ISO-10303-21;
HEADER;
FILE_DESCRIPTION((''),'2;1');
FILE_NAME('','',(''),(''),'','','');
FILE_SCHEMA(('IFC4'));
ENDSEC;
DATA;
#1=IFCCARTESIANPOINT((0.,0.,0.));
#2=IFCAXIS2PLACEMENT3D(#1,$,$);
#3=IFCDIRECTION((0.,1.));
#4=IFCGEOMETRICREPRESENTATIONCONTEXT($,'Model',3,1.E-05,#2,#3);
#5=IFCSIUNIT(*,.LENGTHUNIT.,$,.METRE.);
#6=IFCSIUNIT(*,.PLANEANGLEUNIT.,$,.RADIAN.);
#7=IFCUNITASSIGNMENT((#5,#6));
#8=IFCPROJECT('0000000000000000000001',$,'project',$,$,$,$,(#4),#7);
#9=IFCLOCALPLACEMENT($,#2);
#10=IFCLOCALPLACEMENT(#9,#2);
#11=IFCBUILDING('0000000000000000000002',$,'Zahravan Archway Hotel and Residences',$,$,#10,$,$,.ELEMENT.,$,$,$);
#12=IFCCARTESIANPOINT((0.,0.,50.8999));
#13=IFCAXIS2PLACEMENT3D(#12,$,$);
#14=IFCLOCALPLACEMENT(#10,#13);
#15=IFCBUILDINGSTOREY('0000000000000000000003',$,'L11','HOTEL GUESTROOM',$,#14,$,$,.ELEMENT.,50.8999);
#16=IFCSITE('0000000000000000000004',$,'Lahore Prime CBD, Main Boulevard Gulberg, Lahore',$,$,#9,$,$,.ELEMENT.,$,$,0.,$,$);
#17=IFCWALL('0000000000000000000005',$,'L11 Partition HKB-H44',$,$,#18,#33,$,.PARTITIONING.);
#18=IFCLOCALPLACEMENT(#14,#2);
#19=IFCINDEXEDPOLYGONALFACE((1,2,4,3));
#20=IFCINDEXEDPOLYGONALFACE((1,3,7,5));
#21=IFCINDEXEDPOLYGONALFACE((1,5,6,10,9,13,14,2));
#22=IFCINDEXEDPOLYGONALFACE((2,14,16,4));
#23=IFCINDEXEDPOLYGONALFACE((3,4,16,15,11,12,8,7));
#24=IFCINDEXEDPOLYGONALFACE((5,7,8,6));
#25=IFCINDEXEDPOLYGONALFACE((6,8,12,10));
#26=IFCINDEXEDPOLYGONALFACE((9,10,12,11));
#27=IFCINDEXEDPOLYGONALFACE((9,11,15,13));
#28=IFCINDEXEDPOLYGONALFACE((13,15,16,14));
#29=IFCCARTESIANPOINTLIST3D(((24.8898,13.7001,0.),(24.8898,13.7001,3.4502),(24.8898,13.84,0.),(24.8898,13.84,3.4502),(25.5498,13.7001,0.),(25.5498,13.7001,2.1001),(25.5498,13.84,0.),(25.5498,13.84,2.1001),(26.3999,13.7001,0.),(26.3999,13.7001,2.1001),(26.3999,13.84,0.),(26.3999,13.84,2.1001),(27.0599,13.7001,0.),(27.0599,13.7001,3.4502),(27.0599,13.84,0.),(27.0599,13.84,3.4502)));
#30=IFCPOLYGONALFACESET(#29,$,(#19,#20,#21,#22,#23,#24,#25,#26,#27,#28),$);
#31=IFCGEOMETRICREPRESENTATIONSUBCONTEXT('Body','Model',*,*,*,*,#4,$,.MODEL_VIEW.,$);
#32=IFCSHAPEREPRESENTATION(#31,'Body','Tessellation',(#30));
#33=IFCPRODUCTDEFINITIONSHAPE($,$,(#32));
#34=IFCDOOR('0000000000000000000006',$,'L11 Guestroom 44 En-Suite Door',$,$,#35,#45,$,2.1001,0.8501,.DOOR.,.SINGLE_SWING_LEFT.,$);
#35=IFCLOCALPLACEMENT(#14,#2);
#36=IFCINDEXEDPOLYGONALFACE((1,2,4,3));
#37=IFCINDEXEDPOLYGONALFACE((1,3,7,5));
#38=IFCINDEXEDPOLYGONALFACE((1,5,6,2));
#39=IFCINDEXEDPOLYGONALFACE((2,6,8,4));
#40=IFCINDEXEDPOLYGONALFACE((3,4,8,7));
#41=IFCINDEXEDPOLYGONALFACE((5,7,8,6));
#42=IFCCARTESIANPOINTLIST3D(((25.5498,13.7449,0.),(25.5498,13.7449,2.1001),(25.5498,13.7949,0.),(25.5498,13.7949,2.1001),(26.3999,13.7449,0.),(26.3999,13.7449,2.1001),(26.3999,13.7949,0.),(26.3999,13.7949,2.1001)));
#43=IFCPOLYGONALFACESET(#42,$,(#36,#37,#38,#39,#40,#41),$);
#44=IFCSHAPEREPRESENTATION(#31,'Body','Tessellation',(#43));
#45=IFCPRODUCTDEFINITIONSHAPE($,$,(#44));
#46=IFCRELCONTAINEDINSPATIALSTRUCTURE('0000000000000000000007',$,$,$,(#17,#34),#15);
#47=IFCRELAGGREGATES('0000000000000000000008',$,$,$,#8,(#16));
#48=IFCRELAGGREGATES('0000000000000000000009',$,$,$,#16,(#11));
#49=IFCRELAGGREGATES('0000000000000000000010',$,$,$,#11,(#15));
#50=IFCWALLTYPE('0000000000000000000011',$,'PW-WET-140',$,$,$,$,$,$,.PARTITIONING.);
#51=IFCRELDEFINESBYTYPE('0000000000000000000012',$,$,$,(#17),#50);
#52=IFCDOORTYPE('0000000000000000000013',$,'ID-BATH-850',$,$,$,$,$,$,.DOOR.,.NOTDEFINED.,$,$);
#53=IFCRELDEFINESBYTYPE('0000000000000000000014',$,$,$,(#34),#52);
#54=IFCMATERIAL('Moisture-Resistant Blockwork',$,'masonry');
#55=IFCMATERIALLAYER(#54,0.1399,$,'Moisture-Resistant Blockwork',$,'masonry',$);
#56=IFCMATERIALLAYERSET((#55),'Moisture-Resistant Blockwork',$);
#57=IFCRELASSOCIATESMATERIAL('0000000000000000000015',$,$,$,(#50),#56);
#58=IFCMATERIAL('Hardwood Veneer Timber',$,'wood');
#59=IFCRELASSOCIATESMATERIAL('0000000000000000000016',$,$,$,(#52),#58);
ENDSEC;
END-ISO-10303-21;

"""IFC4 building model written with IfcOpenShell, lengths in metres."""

from ifc_helpers import new_model, si_unit, direction, frame, frame_2d, origin, place, context, subcontext, project, spatial, rectangle, extrude, source, transform, mapped, material, layer, layer_set, type_object, type_shapes, element, fill, save


model = new_model("IFC4")

# Units and contexts
model_context = context("Model", 3, precision=1e-05, world=origin(), true_north=direction((0.0, 1.0)))
body_context = subcontext(model_context, "Body", "Model", "MODEL_VIEW")
ifc_project = project(units=[si_unit("LENGTHUNIT", "METRE"), si_unit("PLANEANGLEUNIT", "RADIAN")], contexts=[model_context])

# Site, building, storey
site_placement = place(None, origin())
site = spatial("IfcSite", under=ifc_project, at=site_placement, Name="Lahore Prime CBD, Main Boulevard Gulberg, Lahore", CompositionType="ELEMENT", RefElevation=0.0)
building_placement = place(site_placement, origin())
building = spatial("IfcBuilding", under=site, at=building_placement, Name="Zahravan Archway Hotel and Residences", CompositionType="ELEMENT")
storey_placement = place(building_placement, frame((0.0, 0.0, 50.8999)))
storey = spatial("IfcBuildingStorey", under=building, at=storey_placement, Name="L11", Description="HOTEL GUESTROOM", CompositionType="ELEMENT", Elevation=50.8999)

# Shared definitions
ifc_material_1 = material(Name="Moisture-Resistant Blockwork", Category="masonry")
ifc_layer_1 = layer(ifc_material_1, 0.1399, Name="Moisture-Resistant Blockwork", Category="masonry")
ifc_layer_set_1 = layer_set([ifc_layer_1], Name="Moisture-Resistant Blockwork")
wall_type_1 = type_object("IfcWallType", Name="PW-WET-140", PredefinedType="PARTITIONING", material=ifc_layer_set_1)
ifc_material_2 = material(Name="Hardwood Veneer Timber", Category="wood")
door_type_1 = type_object("IfcDoorType", Name="ID-BATH-850", OperationType="NOTDEFINED", PredefinedType="DOOR", material=ifc_material_2)
shared_shape_1 = source(origin(), body_context, "Body", "SweptSolid", [
    extrude(rectangle(XDim=0.8501, YDim=2.1001, at=frame_2d((0.425, 1.05))), frame((0.0, 0.0249, 0.0), z_axis=(0.0, -1.0, 0.0), x_axis=(1.0, 0.0, 0.0)), (0.0, 0.0, 1.0), 0.05),
])
type_shapes(door_type_1, [shared_shape_1])

# Wall, opening, door
wall_1_placement = place(storey_placement, frame((24.8899, 13.77, 0.0), z_axis=(0.0, 0.0, 1.0), x_axis=(1.0, 0.0, 0.0)))
wall_1 = element("IfcWall", 1, at=wall_1_placement, inside=storey, type_object=wall_type_1, Name="L11 Partition HKB-H44", PredefinedType="PARTITIONING", context=body_context, shape_type="SweptSolid", body=[
    extrude(rectangle(XDim=2.1702, YDim=0.1399, at=frame_2d((1.085, 0.0))), origin(), (0.0, 0.0, 1.0), 3.4502),
])
opening_1_placement = place(wall_1_placement, frame((0.6599, 0.0, 0.0)))
opening_1 = element("IfcOpeningElement", 2, at=opening_1_placement, cuts=wall_1, PredefinedType="OPENING", context=body_context, shape_type="SweptSolid", body=[
    extrude(rectangle(XDim=0.8501, YDim=2.1001, at=frame_2d((0.425, 1.05))), frame((0.0, 0.0801, 0.0), z_axis=(0.0, -1.0, 0.0), x_axis=(1.0, 0.0, 0.0)), (0.0, 0.0, 1.0), 0.1599),
])
door_1_placement = place(opening_1_placement, origin())
door_1 = element("IfcDoor", 3, at=door_1_placement, inside=storey, type_object=door_type_1, Name="L11 Guestroom 44 En-Suite Door", OperationType="SINGLE_SWING_LEFT", OverallHeight=2.1001, OverallWidth=0.8501, PredefinedType="DOOR", context=body_context, shape_type="MappedRepresentation", body=[
    mapped(shared_shape_1, transform((0.0, 0.0, 0.0), scale=1.0)),
])
fill(opening_1, door_1)

save(model, "model.ifc")
